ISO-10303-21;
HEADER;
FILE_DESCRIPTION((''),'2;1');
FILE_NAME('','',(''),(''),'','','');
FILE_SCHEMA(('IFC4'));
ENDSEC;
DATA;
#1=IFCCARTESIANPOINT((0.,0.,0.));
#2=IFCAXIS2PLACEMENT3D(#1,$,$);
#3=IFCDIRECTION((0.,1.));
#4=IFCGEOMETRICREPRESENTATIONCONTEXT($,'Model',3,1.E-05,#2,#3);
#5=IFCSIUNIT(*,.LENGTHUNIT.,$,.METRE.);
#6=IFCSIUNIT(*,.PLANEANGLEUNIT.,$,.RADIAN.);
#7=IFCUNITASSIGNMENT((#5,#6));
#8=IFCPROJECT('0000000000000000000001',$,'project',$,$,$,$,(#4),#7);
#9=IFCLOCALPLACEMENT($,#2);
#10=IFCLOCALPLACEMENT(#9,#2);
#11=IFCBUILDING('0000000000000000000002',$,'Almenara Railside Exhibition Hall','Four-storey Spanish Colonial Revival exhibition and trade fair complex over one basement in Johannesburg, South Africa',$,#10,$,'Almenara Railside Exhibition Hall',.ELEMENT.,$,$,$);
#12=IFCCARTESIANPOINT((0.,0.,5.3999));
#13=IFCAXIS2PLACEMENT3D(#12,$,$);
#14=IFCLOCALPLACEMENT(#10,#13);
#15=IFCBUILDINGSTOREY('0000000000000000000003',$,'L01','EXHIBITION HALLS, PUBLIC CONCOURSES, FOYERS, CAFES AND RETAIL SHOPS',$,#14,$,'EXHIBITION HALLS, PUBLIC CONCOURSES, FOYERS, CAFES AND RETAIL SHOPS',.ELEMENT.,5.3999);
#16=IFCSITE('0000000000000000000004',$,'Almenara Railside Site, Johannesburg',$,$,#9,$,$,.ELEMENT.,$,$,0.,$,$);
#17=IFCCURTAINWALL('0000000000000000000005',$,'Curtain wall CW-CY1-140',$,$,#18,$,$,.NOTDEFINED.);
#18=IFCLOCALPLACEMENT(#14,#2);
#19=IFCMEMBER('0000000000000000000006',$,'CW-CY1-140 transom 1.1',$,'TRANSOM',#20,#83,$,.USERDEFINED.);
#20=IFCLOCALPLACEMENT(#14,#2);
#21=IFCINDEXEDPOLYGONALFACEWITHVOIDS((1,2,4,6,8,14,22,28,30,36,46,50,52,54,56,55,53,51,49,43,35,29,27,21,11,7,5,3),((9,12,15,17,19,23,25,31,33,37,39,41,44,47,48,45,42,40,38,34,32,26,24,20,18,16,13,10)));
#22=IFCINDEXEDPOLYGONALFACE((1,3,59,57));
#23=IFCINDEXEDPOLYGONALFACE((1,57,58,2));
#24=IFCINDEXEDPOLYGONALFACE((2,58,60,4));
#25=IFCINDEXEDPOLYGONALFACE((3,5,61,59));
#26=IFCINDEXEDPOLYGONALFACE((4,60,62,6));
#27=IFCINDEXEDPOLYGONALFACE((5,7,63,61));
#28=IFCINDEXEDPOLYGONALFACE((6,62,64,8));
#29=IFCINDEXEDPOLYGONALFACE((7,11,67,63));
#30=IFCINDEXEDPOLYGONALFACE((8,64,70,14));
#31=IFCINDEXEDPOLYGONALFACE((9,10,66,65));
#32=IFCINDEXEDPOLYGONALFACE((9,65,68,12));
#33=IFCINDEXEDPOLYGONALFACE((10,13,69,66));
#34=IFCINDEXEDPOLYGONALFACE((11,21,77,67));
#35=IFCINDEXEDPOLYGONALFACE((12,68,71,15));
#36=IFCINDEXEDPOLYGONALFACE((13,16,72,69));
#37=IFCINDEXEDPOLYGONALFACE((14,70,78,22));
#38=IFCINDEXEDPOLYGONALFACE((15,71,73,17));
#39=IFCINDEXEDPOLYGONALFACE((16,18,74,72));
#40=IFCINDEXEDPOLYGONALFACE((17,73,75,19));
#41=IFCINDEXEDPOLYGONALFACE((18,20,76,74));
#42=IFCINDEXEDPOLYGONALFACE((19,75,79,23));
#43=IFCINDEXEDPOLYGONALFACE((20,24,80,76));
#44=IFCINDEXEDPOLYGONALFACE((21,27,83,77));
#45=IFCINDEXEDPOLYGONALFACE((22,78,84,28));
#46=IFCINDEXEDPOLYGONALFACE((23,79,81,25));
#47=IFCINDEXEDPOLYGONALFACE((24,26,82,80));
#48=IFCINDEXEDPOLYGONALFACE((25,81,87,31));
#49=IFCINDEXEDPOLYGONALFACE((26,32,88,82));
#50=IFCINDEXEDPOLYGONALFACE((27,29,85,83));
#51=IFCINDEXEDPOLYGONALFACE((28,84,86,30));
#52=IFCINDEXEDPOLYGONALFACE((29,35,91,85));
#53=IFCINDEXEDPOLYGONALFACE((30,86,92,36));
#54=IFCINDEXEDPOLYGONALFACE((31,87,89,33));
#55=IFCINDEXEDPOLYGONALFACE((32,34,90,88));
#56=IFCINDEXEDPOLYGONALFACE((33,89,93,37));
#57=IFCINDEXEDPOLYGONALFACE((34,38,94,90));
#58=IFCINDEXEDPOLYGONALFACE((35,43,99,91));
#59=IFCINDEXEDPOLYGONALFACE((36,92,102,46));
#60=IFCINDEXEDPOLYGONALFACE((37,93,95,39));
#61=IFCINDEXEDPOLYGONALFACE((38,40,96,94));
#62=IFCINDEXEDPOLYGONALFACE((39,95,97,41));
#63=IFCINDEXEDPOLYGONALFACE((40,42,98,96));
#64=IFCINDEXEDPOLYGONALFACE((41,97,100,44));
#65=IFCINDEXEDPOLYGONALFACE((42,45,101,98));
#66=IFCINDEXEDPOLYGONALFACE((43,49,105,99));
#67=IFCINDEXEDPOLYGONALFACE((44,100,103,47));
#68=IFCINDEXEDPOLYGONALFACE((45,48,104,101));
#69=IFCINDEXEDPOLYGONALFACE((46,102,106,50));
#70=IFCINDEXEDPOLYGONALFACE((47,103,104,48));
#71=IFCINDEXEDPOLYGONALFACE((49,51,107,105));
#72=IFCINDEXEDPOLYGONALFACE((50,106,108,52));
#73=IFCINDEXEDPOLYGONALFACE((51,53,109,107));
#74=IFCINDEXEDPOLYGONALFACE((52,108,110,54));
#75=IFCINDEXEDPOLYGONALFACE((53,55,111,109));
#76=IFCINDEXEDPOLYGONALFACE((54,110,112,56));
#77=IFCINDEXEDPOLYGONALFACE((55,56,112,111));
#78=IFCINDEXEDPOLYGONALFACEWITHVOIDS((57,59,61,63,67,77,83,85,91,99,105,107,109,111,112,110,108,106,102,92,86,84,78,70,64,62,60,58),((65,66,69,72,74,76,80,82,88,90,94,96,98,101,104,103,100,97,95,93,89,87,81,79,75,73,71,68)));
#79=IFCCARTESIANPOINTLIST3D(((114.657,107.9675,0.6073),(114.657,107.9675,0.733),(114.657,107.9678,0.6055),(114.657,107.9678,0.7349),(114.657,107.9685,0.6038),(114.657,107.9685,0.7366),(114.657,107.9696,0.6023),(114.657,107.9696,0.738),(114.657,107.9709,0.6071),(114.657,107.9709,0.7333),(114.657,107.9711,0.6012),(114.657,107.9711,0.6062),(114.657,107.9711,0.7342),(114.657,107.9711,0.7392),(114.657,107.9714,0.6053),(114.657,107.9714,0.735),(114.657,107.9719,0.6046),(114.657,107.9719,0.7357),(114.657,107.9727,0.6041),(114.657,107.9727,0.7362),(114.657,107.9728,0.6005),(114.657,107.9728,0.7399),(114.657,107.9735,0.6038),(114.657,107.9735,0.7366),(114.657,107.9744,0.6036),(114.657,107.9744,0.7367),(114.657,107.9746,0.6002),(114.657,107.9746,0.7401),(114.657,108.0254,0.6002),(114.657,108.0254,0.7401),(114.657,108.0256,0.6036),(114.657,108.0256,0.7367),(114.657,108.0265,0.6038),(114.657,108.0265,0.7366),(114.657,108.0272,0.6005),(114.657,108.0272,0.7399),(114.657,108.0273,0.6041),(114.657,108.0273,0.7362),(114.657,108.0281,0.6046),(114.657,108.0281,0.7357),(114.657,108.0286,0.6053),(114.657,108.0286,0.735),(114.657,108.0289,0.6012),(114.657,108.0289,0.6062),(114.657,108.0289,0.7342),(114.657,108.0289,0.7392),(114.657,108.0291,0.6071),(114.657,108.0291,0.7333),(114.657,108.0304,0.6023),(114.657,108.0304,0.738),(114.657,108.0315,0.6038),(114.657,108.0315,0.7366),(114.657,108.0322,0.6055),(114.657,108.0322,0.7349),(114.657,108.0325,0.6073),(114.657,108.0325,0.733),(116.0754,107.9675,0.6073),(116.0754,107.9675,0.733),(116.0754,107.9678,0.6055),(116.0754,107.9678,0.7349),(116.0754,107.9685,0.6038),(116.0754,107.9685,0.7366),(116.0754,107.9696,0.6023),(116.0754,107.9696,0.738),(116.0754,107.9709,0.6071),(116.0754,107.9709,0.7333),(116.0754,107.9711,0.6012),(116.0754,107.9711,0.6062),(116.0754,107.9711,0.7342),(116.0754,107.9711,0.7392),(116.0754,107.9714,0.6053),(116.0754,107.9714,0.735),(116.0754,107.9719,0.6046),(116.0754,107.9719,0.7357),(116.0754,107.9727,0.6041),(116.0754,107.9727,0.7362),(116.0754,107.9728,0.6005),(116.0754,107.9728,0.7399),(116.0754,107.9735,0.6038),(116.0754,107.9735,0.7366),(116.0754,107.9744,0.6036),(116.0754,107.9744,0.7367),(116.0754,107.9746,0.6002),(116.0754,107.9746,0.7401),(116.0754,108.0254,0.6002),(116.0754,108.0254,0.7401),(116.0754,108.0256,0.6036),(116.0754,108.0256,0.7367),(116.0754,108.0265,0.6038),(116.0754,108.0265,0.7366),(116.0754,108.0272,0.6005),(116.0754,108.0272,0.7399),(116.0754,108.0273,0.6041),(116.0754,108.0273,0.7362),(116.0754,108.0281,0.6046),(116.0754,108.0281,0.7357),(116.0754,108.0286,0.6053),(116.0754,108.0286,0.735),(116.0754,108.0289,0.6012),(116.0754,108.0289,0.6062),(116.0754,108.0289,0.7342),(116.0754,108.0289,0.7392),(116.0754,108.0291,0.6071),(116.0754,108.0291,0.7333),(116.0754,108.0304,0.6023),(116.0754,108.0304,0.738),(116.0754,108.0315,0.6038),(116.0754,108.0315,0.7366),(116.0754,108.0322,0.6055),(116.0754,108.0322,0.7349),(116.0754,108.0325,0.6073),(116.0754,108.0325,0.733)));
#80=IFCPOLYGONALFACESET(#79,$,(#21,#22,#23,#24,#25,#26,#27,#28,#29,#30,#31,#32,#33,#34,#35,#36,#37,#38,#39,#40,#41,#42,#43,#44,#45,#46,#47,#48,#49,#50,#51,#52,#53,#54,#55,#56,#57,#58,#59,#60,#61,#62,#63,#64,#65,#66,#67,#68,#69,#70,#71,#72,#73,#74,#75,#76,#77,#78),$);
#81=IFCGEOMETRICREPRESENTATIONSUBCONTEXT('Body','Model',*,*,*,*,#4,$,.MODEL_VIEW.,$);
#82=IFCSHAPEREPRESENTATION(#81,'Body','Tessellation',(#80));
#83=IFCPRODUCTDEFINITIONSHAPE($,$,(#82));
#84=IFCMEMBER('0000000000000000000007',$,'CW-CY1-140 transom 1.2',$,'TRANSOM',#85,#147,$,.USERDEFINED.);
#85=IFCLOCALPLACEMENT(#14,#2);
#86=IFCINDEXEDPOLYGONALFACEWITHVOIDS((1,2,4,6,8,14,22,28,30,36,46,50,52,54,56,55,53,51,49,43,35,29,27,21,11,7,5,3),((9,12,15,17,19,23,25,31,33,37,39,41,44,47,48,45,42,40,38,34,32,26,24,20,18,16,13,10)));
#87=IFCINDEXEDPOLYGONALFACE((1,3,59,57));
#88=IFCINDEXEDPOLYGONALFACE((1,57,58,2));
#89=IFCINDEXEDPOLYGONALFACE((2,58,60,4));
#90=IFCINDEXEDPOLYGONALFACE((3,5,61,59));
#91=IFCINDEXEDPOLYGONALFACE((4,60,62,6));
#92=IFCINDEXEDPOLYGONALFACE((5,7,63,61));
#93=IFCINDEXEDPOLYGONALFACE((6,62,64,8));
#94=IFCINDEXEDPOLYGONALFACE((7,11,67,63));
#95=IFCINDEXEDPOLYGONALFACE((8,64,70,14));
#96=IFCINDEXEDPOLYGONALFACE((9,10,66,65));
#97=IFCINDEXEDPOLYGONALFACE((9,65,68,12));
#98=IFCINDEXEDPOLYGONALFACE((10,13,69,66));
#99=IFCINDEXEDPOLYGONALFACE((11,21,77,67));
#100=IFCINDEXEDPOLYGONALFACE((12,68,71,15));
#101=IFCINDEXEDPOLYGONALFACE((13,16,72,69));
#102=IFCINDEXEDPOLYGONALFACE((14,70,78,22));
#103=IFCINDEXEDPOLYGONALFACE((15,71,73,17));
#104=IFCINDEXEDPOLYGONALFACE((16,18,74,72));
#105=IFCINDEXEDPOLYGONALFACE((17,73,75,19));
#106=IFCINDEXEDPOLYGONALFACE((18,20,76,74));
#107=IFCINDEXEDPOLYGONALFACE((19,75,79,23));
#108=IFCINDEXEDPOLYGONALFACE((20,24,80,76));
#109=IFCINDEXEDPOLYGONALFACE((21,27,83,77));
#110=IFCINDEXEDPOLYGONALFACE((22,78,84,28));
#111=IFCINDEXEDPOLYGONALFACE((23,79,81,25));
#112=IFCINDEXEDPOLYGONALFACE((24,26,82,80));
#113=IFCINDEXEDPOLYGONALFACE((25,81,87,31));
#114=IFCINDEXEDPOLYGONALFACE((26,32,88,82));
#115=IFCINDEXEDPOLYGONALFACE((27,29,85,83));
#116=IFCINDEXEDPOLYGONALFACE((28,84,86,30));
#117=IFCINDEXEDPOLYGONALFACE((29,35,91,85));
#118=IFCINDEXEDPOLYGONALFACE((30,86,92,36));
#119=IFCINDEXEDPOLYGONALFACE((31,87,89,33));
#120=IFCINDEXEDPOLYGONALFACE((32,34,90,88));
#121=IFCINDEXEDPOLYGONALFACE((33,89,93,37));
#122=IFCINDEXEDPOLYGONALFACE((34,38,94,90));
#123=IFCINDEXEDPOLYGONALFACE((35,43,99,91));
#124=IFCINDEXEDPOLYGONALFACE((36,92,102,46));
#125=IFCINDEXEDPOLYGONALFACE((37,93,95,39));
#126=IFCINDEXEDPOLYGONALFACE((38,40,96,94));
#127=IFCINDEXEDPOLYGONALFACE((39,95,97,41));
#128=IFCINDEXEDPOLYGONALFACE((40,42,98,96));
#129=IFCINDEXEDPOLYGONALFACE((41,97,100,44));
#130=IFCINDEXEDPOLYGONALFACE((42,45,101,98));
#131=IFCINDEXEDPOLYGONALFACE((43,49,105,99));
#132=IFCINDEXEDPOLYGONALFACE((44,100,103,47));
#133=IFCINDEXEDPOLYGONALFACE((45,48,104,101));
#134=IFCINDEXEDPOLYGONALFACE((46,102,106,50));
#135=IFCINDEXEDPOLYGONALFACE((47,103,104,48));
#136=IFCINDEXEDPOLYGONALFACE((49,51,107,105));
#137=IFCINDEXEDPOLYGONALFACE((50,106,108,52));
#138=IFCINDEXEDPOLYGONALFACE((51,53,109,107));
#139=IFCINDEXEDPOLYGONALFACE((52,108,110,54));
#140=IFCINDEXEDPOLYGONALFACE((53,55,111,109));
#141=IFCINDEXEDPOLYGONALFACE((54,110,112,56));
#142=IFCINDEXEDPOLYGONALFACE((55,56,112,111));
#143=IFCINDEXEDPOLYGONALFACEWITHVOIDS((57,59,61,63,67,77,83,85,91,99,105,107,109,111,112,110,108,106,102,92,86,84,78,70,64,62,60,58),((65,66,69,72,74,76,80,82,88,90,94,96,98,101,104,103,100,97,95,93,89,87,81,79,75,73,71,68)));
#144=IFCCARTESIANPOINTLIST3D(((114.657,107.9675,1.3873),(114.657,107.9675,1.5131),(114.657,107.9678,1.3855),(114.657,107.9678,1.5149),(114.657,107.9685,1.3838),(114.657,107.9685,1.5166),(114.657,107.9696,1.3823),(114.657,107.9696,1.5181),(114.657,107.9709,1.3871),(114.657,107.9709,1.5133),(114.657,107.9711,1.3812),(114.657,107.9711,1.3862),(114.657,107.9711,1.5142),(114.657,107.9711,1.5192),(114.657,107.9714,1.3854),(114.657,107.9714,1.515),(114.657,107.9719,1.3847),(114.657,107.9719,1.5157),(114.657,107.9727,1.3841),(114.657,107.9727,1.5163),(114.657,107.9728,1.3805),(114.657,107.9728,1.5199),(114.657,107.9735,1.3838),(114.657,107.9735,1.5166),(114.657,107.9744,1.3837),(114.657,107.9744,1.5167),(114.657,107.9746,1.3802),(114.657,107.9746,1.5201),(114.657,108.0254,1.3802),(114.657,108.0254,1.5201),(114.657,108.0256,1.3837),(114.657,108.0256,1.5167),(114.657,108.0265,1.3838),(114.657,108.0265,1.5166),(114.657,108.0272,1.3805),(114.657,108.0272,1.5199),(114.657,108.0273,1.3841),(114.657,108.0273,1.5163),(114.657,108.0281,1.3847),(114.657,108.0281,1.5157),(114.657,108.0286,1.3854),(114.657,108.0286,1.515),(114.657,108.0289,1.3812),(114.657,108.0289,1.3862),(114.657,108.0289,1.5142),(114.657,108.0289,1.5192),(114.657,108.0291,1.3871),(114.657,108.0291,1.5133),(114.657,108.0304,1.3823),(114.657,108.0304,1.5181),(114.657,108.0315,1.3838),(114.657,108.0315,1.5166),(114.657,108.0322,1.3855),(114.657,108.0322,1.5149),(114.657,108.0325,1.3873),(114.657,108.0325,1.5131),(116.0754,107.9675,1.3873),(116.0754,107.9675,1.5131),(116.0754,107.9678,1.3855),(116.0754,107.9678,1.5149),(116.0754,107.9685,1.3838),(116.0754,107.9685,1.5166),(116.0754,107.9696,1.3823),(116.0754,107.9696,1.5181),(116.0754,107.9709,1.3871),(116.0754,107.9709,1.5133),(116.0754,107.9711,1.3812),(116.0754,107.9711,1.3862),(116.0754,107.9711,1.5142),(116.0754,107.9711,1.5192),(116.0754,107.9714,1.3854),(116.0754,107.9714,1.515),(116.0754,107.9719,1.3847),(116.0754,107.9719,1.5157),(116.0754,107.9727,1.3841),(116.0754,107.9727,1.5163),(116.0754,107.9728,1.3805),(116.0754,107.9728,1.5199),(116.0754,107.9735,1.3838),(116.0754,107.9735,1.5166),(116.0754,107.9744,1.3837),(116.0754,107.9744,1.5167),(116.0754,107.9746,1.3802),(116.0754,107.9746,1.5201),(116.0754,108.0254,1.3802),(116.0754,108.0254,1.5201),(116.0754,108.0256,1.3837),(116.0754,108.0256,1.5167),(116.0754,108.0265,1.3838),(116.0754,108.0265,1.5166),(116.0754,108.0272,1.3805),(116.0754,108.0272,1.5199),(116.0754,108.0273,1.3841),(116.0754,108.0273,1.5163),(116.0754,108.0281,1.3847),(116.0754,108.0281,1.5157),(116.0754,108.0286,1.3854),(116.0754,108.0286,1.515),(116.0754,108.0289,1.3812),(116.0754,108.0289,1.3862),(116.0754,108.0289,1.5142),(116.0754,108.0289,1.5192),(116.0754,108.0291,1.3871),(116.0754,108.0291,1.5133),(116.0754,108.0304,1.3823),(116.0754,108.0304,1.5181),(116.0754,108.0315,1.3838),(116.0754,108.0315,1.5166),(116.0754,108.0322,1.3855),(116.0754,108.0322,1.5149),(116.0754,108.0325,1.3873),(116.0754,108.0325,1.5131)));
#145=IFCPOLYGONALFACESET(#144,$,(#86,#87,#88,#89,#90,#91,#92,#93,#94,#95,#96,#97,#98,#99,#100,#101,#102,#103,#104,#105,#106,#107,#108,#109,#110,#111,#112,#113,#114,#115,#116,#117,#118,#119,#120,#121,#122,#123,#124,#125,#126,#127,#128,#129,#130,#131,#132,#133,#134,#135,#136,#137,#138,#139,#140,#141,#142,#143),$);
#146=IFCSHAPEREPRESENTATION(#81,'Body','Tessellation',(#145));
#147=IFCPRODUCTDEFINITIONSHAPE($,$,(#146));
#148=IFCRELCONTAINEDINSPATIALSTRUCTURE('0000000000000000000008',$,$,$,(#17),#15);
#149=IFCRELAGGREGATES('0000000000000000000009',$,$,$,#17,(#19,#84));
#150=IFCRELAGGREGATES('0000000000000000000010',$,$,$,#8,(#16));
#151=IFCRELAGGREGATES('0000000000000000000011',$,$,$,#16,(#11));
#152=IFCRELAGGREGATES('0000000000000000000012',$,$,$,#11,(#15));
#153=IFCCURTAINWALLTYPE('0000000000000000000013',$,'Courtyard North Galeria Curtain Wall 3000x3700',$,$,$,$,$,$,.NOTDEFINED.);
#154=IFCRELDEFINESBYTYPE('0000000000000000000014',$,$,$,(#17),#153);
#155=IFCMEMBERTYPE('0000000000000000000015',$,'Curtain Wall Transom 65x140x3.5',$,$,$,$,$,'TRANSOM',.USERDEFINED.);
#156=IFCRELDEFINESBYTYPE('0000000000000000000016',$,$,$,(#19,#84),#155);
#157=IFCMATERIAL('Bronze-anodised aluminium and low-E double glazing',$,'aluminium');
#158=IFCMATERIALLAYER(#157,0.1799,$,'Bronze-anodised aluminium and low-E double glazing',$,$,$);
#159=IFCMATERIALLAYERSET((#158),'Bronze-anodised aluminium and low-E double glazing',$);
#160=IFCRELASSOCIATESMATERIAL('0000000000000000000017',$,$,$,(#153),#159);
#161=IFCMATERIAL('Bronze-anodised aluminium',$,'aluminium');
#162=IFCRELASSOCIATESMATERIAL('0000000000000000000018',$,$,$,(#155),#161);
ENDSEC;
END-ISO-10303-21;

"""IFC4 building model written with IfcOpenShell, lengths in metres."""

from ifc_helpers import new_model, si_unit, direction, frame, origin, origin_2d, place, context, subcontext, project, spatial, hollow_rectangle, extrude, material, layer, layer_set, material_profile, profile_set, type_object, element, aggregate, save


model = new_model("IFC4")

# Units and contexts
model_context = context("Model", 3, precision=1e-05, world=origin(), true_north=direction((0.0, 1.0)))
body_context = subcontext(model_context, "Body", "Model", "MODEL_VIEW")
ifc_project = project(units=[si_unit("LENGTHUNIT", "METRE"), si_unit("PLANEANGLEUNIT", "RADIAN")], contexts=[model_context])

# Site, building, storey
site_placement = place(None, origin())
site = spatial("IfcSite", under=ifc_project, at=site_placement, Name="Almenara Railside Site, Johannesburg", CompositionType="ELEMENT", RefElevation=0.0)
building_placement = place(site_placement, origin())
building = spatial("IfcBuilding", under=site, at=building_placement, Name="Almenara Railside Exhibition Hall", Description="Four-storey Spanish Colonial Revival exhibition and trade fair complex over one basement in Johannesburg, South Africa", LongName="Almenara Railside Exhibition Hall", CompositionType="ELEMENT")
storey_placement = place(building_placement, frame((0.0, 0.0, 5.3999)))
storey = spatial("IfcBuildingStorey", under=building, at=storey_placement, Name="L01", Description="EXHIBITION HALLS, PUBLIC CONCOURSES, FOYERS, CAFES AND RETAIL SHOPS", LongName="EXHIBITION HALLS, PUBLIC CONCOURSES, FOYERS, CAFES AND RETAIL SHOPS", CompositionType="ELEMENT", Elevation=5.3999)

# Curtain wall
ifc_material_1 = material(Name="Bronze-anodised aluminium and low-E double glazing", Category="aluminium")
ifc_layer_1 = layer(ifc_material_1, 0.1799, Name="Bronze-anodised aluminium and low-E double glazing")
ifc_layer_set_1 = layer_set([ifc_layer_1], Name="Bronze-anodised aluminium and low-E double glazing")
curtain_wall_type = type_object("IfcCurtainWallType", Name="Courtyard North Galeria Curtain Wall 3000x3700", PredefinedType="NOTDEFINED", material=ifc_layer_set_1)
curtain_wall_1_placement = place(storey_placement, origin())
curtain_wall_1 = element("IfcCurtainWall", 1, at=curtain_wall_1_placement, inside=storey, type_object=curtain_wall_type, Name="Curtain wall CW-CY1-140", PredefinedType="NOTDEFINED")
ifc_material_2 = material(Name="Bronze-anodised aluminium", Category="aluminium")

# Members
ifc_material_profile_1 = material_profile(ifc_material_2, hollow_rectangle(XDim=0.0649, YDim=0.1399, WallThickness=0.0034, InnerFilletRadius=0.0034, OuterFilletRadius=0.0071, at=origin_2d()), Name="ALU-TRN 65x140x3.5")
ifc_profile_set_1 = profile_set([ifc_material_profile_1], Name="Bronze-anodised aluminium")
member_type_1 = type_object("IfcMemberType", Name="Curtain Wall Transom 65x140x3.5", ElementType="TRANSOM", PredefinedType="USERDEFINED", material=ifc_profile_set_1)
member_1_placement = place(storey_placement, frame((114.657, 108.0, 0.6702), z_axis=(1.0, 0.0, 0.0), x_axis=(0.0, 1.0, 0.0)))
member_1 = element("IfcMember", 2, at=member_1_placement, type_object=member_type_1, Name="CW-CY1-140 transom 1.1", ObjectType="TRANSOM", PredefinedType="USERDEFINED", context=body_context, shape_type="SweptSolid", body=[
    extrude(hollow_rectangle(XDim=0.0649, YDim=0.1399, WallThickness=0.0034, InnerFilletRadius=0.0034, OuterFilletRadius=0.0071, at=origin_2d()), origin(), (0.0, 0.0, 1.0), 1.4185),
])
member_2_placement = place(storey_placement, frame((114.657, 108.0, 1.4502), z_axis=(1.0, 0.0, 0.0), x_axis=(0.0, 1.0, 0.0)))
member_2 = element("IfcMember", 3, at=member_2_placement, type_object=member_type_1, Name="CW-CY1-140 transom 1.2", ObjectType="TRANSOM", PredefinedType="USERDEFINED", context=body_context, shape_type="SweptSolid", body=[
    extrude(hollow_rectangle(XDim=0.0649, YDim=0.1399, WallThickness=0.0034, InnerFilletRadius=0.0034, OuterFilletRadius=0.0071, at=origin_2d()), origin(), (0.0, 0.0, 1.0), 1.4185),
])
aggregate(curtain_wall_1, [member_1, member_2])

save(model, "model.ifc")
